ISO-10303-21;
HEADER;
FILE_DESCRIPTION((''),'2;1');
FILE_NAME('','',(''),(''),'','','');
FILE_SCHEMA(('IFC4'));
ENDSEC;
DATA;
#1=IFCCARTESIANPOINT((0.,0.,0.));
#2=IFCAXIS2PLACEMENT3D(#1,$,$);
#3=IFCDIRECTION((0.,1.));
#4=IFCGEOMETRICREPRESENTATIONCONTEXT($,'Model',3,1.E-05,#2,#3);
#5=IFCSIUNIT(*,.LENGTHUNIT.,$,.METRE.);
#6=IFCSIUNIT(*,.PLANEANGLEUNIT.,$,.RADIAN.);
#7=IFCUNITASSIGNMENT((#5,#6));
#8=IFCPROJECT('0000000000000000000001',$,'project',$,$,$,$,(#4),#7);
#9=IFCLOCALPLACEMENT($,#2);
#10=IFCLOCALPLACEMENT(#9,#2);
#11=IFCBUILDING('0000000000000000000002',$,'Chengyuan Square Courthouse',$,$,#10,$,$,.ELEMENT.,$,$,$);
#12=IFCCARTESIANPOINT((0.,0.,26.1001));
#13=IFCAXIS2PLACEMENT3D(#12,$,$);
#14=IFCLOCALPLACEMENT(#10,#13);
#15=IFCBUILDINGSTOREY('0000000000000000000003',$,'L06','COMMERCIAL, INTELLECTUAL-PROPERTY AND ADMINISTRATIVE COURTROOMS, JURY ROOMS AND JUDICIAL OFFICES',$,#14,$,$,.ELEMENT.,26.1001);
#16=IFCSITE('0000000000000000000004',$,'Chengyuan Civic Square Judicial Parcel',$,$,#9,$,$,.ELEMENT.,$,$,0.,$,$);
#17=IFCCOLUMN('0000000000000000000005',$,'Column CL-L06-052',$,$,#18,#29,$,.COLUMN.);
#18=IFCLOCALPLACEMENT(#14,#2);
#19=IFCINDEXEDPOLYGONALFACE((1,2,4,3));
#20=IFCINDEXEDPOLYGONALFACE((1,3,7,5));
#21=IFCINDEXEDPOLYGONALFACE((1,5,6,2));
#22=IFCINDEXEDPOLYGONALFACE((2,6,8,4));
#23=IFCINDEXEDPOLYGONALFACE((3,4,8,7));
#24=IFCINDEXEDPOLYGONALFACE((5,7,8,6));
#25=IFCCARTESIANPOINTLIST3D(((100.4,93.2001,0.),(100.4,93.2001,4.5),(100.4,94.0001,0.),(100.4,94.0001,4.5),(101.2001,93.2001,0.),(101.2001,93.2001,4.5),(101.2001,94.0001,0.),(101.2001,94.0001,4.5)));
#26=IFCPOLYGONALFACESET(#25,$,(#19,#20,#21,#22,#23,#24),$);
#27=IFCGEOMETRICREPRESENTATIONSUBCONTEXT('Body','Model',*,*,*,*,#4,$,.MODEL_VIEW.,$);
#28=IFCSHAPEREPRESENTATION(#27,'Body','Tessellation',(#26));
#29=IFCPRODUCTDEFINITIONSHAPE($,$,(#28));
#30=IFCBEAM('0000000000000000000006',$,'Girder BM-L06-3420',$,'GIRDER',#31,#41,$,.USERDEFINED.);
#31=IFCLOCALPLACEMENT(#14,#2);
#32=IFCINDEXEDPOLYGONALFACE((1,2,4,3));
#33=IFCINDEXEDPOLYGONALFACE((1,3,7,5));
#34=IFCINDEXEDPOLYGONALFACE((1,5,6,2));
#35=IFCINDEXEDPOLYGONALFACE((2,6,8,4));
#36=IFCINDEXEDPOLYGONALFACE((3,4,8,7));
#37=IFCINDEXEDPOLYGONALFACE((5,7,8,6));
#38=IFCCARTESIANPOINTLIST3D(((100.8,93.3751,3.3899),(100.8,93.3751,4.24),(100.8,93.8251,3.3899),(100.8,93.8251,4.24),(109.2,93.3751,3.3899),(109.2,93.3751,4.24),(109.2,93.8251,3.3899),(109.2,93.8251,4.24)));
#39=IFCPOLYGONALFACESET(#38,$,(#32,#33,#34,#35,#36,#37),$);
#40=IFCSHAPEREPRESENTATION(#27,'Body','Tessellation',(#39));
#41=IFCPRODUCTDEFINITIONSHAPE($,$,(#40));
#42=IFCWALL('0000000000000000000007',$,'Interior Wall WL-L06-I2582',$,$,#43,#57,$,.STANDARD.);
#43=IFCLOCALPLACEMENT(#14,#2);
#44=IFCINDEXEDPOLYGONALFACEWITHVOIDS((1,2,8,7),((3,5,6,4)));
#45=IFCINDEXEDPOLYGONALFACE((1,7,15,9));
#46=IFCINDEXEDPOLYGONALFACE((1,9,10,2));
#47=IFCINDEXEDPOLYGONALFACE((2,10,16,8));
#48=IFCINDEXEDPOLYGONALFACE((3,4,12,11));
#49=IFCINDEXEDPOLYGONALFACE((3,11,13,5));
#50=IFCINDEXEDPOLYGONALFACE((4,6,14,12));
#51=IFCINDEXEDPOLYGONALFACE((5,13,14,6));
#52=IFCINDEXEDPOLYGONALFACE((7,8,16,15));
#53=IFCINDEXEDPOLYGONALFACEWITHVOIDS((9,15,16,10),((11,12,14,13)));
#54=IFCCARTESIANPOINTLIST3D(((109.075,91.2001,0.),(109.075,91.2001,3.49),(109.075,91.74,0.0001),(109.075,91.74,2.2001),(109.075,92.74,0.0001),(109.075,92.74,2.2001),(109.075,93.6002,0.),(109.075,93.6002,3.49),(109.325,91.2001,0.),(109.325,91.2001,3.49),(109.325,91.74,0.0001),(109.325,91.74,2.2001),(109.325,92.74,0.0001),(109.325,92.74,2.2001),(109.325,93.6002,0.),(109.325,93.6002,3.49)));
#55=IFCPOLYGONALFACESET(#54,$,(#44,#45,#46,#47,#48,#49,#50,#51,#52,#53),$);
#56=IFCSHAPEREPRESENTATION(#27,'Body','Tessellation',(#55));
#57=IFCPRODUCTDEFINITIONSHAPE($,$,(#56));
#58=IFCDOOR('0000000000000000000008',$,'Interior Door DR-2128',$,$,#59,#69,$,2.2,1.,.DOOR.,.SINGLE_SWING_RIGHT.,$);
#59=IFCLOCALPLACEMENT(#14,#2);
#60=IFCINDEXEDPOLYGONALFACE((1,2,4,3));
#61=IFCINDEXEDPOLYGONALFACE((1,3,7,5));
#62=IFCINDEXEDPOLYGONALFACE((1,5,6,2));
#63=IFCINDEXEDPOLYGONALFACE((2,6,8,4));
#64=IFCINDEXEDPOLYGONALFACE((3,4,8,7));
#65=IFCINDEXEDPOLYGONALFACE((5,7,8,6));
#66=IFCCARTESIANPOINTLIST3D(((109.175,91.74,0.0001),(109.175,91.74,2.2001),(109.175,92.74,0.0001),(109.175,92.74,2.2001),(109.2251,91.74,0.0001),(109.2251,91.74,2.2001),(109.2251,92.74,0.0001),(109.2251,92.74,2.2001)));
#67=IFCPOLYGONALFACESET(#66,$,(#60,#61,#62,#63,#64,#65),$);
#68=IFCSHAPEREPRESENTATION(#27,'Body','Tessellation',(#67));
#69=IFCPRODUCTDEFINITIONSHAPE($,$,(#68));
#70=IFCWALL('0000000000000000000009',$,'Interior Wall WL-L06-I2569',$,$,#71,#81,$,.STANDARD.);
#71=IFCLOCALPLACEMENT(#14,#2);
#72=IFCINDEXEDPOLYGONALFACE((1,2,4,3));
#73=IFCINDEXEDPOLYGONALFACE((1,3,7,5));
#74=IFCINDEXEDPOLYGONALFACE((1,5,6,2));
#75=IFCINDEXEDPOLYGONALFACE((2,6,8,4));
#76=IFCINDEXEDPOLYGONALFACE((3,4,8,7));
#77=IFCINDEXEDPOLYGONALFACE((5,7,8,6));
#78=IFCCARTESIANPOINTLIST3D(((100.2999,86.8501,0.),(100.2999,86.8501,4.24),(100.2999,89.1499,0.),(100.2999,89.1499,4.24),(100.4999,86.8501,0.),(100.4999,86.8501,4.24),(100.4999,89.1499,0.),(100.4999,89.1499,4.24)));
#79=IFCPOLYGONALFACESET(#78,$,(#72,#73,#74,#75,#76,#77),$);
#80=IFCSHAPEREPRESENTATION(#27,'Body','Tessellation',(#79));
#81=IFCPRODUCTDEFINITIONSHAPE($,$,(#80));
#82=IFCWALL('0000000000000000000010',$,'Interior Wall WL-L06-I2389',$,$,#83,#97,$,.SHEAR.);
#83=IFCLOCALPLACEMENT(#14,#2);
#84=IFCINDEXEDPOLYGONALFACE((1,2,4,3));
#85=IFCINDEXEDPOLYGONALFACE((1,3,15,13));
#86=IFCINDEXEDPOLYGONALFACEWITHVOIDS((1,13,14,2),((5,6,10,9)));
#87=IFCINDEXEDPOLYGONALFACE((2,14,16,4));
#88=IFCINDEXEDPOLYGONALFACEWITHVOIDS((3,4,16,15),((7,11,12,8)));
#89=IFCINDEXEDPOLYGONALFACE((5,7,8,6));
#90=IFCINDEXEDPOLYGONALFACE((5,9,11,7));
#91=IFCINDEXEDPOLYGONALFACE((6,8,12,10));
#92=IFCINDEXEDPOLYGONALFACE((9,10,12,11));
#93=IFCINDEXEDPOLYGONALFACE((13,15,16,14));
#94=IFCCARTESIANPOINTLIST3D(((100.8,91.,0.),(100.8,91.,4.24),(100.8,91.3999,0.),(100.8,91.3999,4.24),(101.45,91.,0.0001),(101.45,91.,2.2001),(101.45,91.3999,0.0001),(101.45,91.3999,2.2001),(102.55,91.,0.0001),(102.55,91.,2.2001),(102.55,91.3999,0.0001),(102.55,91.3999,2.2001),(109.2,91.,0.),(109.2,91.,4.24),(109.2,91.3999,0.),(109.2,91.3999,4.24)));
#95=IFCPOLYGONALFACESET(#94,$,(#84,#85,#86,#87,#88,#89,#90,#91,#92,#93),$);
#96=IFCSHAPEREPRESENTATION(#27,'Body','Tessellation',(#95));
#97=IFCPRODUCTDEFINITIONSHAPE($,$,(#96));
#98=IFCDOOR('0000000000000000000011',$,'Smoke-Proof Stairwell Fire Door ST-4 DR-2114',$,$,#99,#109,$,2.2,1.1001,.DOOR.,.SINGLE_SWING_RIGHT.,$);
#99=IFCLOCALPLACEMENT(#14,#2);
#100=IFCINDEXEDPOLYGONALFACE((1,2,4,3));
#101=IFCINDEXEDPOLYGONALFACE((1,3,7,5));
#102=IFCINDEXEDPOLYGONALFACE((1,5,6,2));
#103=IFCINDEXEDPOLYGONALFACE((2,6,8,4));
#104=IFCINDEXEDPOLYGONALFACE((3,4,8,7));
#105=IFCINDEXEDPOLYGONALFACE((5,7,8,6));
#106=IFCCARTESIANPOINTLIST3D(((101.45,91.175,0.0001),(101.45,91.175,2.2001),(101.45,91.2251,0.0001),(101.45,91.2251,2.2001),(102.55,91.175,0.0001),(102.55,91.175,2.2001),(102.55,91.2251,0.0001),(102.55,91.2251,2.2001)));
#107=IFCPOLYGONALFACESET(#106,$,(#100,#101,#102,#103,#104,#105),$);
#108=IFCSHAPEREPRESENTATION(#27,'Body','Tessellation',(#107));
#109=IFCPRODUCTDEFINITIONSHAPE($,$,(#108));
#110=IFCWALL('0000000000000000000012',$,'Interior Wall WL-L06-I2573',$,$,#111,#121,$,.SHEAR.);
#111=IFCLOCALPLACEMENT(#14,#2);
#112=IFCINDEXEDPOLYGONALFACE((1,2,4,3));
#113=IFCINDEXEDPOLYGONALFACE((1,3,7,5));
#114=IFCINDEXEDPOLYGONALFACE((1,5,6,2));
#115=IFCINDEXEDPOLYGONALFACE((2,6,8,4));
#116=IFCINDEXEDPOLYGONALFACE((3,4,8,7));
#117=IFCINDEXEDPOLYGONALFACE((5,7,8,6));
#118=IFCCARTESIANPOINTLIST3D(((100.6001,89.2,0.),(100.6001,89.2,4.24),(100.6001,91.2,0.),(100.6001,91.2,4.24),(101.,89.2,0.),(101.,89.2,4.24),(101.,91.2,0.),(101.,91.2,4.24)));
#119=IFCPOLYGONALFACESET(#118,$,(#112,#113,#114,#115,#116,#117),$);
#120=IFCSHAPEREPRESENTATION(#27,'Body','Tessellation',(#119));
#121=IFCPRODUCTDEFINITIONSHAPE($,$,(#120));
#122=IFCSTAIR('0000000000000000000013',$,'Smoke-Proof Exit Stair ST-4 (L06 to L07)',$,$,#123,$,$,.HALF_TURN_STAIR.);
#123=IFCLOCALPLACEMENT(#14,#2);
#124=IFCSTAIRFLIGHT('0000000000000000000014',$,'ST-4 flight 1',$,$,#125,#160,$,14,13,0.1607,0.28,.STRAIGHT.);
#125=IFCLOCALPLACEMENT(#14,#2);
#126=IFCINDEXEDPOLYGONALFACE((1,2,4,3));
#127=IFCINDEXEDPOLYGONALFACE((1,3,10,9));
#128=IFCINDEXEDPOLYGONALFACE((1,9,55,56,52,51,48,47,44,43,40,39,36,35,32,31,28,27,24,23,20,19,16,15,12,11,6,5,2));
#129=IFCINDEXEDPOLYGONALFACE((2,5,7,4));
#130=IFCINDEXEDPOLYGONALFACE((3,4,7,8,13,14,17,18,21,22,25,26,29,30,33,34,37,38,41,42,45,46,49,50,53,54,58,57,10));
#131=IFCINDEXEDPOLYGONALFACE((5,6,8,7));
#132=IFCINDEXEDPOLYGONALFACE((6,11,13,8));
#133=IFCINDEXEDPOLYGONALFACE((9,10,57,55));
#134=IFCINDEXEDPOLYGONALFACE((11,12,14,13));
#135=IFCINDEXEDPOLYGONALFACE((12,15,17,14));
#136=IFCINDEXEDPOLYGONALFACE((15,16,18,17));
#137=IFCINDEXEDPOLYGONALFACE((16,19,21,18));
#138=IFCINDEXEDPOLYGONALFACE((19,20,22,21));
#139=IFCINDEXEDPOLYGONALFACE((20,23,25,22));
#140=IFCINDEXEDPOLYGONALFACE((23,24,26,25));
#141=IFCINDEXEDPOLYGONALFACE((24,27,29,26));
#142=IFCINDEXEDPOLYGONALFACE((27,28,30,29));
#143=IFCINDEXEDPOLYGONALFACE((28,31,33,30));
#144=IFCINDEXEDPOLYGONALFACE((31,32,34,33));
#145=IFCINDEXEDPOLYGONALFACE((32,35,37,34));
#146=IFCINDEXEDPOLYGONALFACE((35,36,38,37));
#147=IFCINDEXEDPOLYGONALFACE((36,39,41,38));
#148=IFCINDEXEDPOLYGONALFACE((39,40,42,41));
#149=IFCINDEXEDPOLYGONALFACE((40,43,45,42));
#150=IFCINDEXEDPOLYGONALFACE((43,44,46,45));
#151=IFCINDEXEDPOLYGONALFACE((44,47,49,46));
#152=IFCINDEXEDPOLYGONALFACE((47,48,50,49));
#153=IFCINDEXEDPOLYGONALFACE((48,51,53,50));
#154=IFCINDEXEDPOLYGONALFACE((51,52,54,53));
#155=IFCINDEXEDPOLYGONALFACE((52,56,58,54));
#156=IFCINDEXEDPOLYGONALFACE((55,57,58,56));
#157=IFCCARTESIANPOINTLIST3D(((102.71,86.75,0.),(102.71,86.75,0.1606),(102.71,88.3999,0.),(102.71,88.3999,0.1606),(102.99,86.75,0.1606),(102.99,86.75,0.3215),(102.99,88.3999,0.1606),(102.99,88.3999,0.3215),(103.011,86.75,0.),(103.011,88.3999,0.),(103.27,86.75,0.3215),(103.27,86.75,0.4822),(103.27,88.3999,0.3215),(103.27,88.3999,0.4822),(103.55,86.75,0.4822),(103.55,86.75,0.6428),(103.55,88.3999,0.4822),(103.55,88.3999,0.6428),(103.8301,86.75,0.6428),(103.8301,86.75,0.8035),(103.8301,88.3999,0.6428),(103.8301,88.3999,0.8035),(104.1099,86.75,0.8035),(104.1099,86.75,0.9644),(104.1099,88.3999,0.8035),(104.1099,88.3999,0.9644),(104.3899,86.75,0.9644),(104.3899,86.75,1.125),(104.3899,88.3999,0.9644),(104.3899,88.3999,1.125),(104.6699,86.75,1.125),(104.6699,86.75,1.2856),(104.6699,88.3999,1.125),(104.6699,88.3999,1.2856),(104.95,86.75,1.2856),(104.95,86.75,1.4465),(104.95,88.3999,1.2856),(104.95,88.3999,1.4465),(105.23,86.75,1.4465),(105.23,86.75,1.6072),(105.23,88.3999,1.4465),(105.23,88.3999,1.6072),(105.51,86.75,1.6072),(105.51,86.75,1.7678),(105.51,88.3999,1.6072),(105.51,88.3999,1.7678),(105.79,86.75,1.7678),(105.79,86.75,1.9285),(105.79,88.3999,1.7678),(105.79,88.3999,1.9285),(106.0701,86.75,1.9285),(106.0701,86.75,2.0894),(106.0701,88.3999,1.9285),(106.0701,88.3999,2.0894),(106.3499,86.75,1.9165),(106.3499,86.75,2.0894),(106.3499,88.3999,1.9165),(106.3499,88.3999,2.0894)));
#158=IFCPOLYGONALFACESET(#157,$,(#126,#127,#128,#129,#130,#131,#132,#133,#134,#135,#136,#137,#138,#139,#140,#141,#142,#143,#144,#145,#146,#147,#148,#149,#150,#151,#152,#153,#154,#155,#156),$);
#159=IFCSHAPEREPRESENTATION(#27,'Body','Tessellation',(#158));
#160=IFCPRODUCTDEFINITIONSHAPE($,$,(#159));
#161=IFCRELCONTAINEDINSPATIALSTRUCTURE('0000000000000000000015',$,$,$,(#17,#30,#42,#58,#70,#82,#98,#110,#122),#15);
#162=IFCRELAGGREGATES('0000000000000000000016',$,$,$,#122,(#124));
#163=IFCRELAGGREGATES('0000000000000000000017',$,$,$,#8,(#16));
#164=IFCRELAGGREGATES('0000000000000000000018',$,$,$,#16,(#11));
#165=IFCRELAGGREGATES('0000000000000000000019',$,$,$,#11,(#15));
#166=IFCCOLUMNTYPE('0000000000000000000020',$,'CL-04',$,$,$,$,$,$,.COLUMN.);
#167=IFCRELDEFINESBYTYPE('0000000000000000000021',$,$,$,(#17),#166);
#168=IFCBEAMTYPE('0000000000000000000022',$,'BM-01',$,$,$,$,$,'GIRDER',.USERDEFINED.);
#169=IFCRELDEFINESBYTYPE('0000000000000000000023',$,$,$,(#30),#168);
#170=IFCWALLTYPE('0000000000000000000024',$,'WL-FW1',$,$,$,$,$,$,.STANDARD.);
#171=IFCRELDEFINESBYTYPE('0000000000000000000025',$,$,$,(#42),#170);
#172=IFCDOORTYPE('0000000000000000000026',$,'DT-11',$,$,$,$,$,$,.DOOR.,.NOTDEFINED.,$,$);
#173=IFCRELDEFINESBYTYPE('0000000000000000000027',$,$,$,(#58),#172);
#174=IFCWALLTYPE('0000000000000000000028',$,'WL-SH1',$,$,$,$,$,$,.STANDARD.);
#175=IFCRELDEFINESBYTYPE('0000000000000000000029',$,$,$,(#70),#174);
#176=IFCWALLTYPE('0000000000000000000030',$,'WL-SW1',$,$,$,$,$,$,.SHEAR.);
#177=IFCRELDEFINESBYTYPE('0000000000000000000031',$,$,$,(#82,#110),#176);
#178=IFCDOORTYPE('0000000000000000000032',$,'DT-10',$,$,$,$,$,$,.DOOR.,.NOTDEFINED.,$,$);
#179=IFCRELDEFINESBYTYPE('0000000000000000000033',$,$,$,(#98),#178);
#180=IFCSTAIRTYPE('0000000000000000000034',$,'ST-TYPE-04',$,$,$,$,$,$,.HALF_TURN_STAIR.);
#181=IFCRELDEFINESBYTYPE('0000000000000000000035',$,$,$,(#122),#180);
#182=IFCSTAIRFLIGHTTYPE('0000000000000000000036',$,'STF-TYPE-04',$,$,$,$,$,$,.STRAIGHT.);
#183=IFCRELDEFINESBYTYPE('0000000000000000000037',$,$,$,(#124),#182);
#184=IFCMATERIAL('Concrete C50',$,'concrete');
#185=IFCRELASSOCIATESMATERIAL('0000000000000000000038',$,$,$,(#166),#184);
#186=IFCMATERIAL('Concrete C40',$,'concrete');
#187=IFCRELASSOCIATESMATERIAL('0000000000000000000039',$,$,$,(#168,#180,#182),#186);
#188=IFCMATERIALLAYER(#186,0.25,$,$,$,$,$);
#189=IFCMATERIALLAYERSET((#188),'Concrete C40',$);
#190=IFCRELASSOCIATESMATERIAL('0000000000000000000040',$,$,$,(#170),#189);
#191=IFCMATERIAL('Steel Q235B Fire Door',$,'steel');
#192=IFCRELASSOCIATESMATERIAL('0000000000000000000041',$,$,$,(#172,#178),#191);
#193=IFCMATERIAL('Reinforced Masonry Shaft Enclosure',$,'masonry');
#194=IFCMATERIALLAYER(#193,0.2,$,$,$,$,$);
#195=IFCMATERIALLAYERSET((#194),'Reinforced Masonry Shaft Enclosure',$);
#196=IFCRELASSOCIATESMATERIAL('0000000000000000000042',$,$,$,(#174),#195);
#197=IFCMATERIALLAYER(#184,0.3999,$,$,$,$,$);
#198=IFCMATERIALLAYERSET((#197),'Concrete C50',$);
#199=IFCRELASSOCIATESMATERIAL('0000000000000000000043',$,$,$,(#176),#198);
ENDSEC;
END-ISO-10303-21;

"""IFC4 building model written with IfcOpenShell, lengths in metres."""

from ifc_helpers import new_model, si_unit, direction, frame, frame_2d, origin, origin_2d, place, context, subcontext, project, spatial, polyline, rectangle, outline, extrude, material, layer, layer_set, material_profile, profile_set, type_object, element, fill, aggregate, save


model = new_model("IFC4")

# Units and contexts
model_context = context("Model", 3, precision=1e-05, world=origin(), true_north=direction((0.0, 1.0)))
body_context = subcontext(model_context, "Body", "Model", "MODEL_VIEW")
ifc_project = project(units=[si_unit("LENGTHUNIT", "METRE"), si_unit("PLANEANGLEUNIT", "RADIAN")], contexts=[model_context])

# Site, building, storey
site_placement = place(None, origin())
site = spatial("IfcSite", under=ifc_project, at=site_placement, Name="Chengyuan Civic Square Judicial Parcel", CompositionType="ELEMENT", RefElevation=0.0)
building_placement = place(site_placement, origin())
building = spatial("IfcBuilding", under=site, at=building_placement, Name="Chengyuan Square Courthouse", CompositionType="ELEMENT")
storey_placement = place(building_placement, frame((0.0, 0.0, 26.1001)))
storey = spatial("IfcBuildingStorey", under=building, at=storey_placement, Name="L06", Description="COMMERCIAL, INTELLECTUAL-PROPERTY AND ADMINISTRATIVE COURTROOMS, JURY ROOMS AND JUDICIAL OFFICES", CompositionType="ELEMENT", Elevation=26.1001)

# Column
ifc_material_1 = material(Name="Concrete C50", Category="concrete")
ifc_material_profile_1 = material_profile(ifc_material_1, rectangle(XDim=0.8, YDim=0.8, at=origin_2d()), Name="RC-COL-800x800")
ifc_profile_set_1 = profile_set([ifc_material_profile_1], Name="Concrete C50")
column_type = type_object("IfcColumnType", Name="CL-04", PredefinedType="COLUMN", material=ifc_profile_set_1)
column_placement = place(storey_placement, frame((100.8, 93.6001, 0.0), z_axis=(0.0, 0.0, 1.0), x_axis=(1.0, 0.0, 0.0)))
element("IfcColumn", 1, at=column_placement, inside=storey, type_object=column_type, Name="Column CL-L06-052", PredefinedType="COLUMN", context=body_context, shape_type="SweptSolid", body=[
    extrude(rectangle(XDim=0.8, YDim=0.8, at=origin_2d()), origin(), (0.0, 0.0, 1.0), 4.5),
])

# Beam
ifc_material_2 = material(Name="Concrete C40", Category="concrete")
ifc_material_profile_2 = material_profile(ifc_material_2, rectangle(XDim=0.45, YDim=0.8501, at=origin_2d()), Name="RC-BM-450x850")
ifc_profile_set_2 = profile_set([ifc_material_profile_2], Name="Concrete C40")
beam_type = type_object("IfcBeamType", Name="BM-01", ElementType="GIRDER", PredefinedType="USERDEFINED", material=ifc_profile_set_2)
beam_placement = place(storey_placement, frame((100.8, 93.6001, 3.8149), z_axis=(1.0, 0.0, 0.0), x_axis=(0.0, 1.0, 0.0)))
element("IfcBeam", 2, at=beam_placement, inside=storey, type_object=beam_type, Name="Girder BM-L06-3420", ObjectType="GIRDER", PredefinedType="USERDEFINED", context=body_context, shape_type="SweptSolid", body=[
    extrude(rectangle(XDim=0.45, YDim=0.8501, at=origin_2d()), origin(), (0.0, 0.0, 1.0), 8.3999),
])

# Wall, opening, door
ifc_layer_1 = layer(ifc_material_2, 0.25)
ifc_layer_set_1 = layer_set([ifc_layer_1], Name="Concrete C40")
wall_type_1 = type_object("IfcWallType", Name="WL-FW1", PredefinedType="STANDARD", material=ifc_layer_set_1)
ifc_material_3 = material(Name="Steel Q235B Fire Door", Category="steel")
wall_1_placement = place(storey_placement, frame((109.2, 91.2, 0.0), z_axis=(0.0, 0.0, 1.0), x_axis=(0.0, 1.0, 0.0)))
wall_1 = element("IfcWall", 3, at=wall_1_placement, inside=storey, type_object=wall_type_1, Name="Interior Wall WL-L06-I2582", PredefinedType="STANDARD", context=body_context, shape_type="SweptSolid", body=[
    extrude(rectangle(XDim=2.4001, YDim=0.25, at=frame_2d((1.2002, 0.0))), origin(), (0.0, 0.0, 1.0), 3.49),
])
opening_1_placement = place(wall_1_placement, frame((0.54, 0.0, 0.0)))
opening_1 = element("IfcOpeningElement", 4, at=opening_1_placement, cuts=wall_1, PredefinedType="OPENING", context=body_context, shape_type="SweptSolid", body=[
    extrude(rectangle(XDim=1.0, YDim=2.2, at=frame_2d((0.5, 1.1001))), frame((0.0, 0.137, 0.0), z_axis=(0.0, -1.0, 0.0), x_axis=(1.0, 0.0, 0.0)), (0.0, 0.0, 1.0), 0.2739),
])
door_type_1 = type_object("IfcDoorType", Name="DT-11", OperationType="NOTDEFINED", PredefinedType="DOOR", material=ifc_material_3)
door_1_placement = place(opening_1_placement, origin())
door_1 = element("IfcDoor", 5, at=door_1_placement, inside=storey, type_object=door_type_1, Name="Interior Door DR-2128", OperationType="SINGLE_SWING_RIGHT", OverallHeight=2.2, OverallWidth=1.0, PredefinedType="DOOR", context=body_context, shape_type="SweptSolid", body=[
    extrude(rectangle(XDim=1.0, YDim=2.2, at=frame_2d((0.5, 1.1001))), frame((0.0, 0.0249, 0.0), z_axis=(0.0, -1.0, 0.0), x_axis=(1.0, 0.0, 0.0)), (0.0, 0.0, 1.0), 0.05),
])
fill(opening_1, door_1)

# Wall
ifc_material_4 = material(Name="Reinforced Masonry Shaft Enclosure", Category="masonry")
ifc_layer_2 = layer(ifc_material_4, 0.2)
ifc_layer_set_2 = layer_set([ifc_layer_2], Name="Reinforced Masonry Shaft Enclosure")
wall_type_2 = type_object("IfcWallType", Name="WL-SH1", PredefinedType="STANDARD", material=ifc_layer_set_2)
wall_2_placement = place(storey_placement, frame((100.3999, 86.8501, 0.0), z_axis=(0.0, 0.0, 1.0), x_axis=(0.0, 1.0, 0.0)))
element("IfcWall", 6, at=wall_2_placement, inside=storey, type_object=wall_type_2, Name="Interior Wall WL-L06-I2569", PredefinedType="STANDARD", context=body_context, shape_type="SweptSolid", body=[
    extrude(rectangle(XDim=2.2998, YDim=0.2, at=frame_2d((1.1499, 0.0))), origin(), (0.0, 0.0, 1.0), 4.24),
])

# Wall, opening, door
ifc_layer_3 = layer(ifc_material_1, 0.3999)
ifc_layer_set_3 = layer_set([ifc_layer_3], Name="Concrete C50")
wall_type_3 = type_object("IfcWallType", Name="WL-SW1", PredefinedType="SHEAR", material=ifc_layer_set_3)
wall_3_placement = place(storey_placement, frame((100.8, 91.2, 0.0), z_axis=(0.0, 0.0, 1.0), x_axis=(1.0, 0.0, 0.0)))
wall_3 = element("IfcWall", 7, at=wall_3_placement, inside=storey, type_object=wall_type_3, Name="Interior Wall WL-L06-I2389", PredefinedType="SHEAR", context=body_context, shape_type="SweptSolid", body=[
    extrude(rectangle(XDim=8.3999, YDim=0.3999, at=frame_2d((4.2, 0.0))), origin(), (0.0, 0.0, 1.0), 4.24),
])
opening_2_placement = place(wall_3_placement, frame((0.6499, 0.0, 0.0)))
opening_2 = element("IfcOpeningElement", 8, at=opening_2_placement, cuts=wall_3, PredefinedType="OPENING", context=body_context, shape_type="SweptSolid", body=[
    extrude(rectangle(XDim=1.1001, YDim=2.2, at=frame_2d((0.55, 1.1001))), frame((0.0, 0.2119, 0.0), z_axis=(0.0, -1.0, 0.0), x_axis=(1.0, 0.0, 0.0)), (0.0, 0.0, 1.0), 0.4238),
])
door_type_2 = type_object("IfcDoorType", Name="DT-10", OperationType="NOTDEFINED", PredefinedType="DOOR", material=ifc_material_3)
door_2_placement = place(opening_2_placement, frame((1.1001, 0.0, 0.0), z_axis=(0.0, 0.0, 1.0), x_axis=(-1.0, 0.0, 0.0)))
door_2 = element("IfcDoor", 9, at=door_2_placement, inside=storey, type_object=door_type_2, Name="Smoke-Proof Stairwell Fire Door ST-4 DR-2114", OperationType="SINGLE_SWING_RIGHT", OverallHeight=2.2, OverallWidth=1.1001, PredefinedType="DOOR", context=body_context, shape_type="SweptSolid", body=[
    extrude(rectangle(XDim=1.1001, YDim=2.2, at=frame_2d((0.55, 1.1001))), frame((0.0, 0.0249, 0.0), z_axis=(0.0, -1.0, 0.0), x_axis=(1.0, 0.0, 0.0)), (0.0, 0.0, 1.0), 0.05),
])
fill(opening_2, door_2)

# Wall
wall_4_placement = place(storey_placement, frame((100.8, 89.2, 0.0), z_axis=(0.0, 0.0, 1.0), x_axis=(0.0, 1.0, 0.0)))
element("IfcWall", 10, at=wall_4_placement, inside=storey, type_object=wall_type_3, Name="Interior Wall WL-L06-I2573", PredefinedType="SHEAR", context=body_context, shape_type="SweptSolid", body=[
    extrude(rectangle(XDim=2.0, YDim=0.3999, at=frame_2d((1.0, 0.0))), origin(), (0.0, 0.0, 1.0), 4.24),
])

# Stair, stair flight
stair_type = type_object("IfcStairType", Name="ST-TYPE-04", PredefinedType="HALF_TURN_STAIR", material=ifc_material_2)
stair_placement = place(storey_placement, origin())
stair = element("IfcStair", 11, at=stair_placement, inside=storey, type_object=stair_type, Name="Smoke-Proof Exit Stair ST-4 (L06 to L07)", PredefinedType="HALF_TURN_STAIR")
stair_flight_type = type_object("IfcStairFlightType", Name="STF-TYPE-04", PredefinedType="STRAIGHT", material=ifc_material_2)
stair_flight_1_placement = place(storey_placement, frame((102.71, 87.575, 0.0), z_axis=(0.0, 0.0, 1.0), x_axis=(1.0, 0.0, 0.0)))
stair_flight_1 = element("IfcStairFlight", 12, at=stair_flight_1_placement, type_object=stair_flight_type, Name="ST-4 flight 1", NumberOfRisers=14, NumberOfTreads=13, PredefinedType="STRAIGHT", RiserHeight=0.1607, TreadLength=0.28, context=body_context, shape_type="SweptSolid", body=[
    extrude(outline(polyline([(0.0, 0.0), (0.0, 0.1606), (0.28, 0.1606), (0.28, 0.3215), (0.5601, 0.3215), (0.5601, 0.4822), (0.8401, 0.4822), (0.8401, 0.6428), (1.1201, 0.6428), (1.1201, 0.8035), (1.3999, 0.8035), (1.3999, 0.9644), (1.6799, 0.9644), (1.6799, 1.125), (1.96, 1.125), (1.96, 1.2856), (2.24, 1.2856), (2.24, 1.4465), (2.52, 1.4465), (2.52, 1.6072), (2.8, 1.6072), (2.8, 1.7678), (3.0801, 1.7678), (3.0801, 1.9285), (3.3601, 1.9285), (3.3601, 2.0894), (3.6399, 2.0894), (3.6399, 2.25), (3.6399, 1.9165), (0.301, 0.0), (0.0, 0.0)])), frame((0.0, 0.825, 0.0), z_axis=(0.0, -1.0, 0.0), x_axis=(1.0, 0.0, 0.0)), (0.0, 0.0, 1.0), 1.6499),
])
aggregate(stair, [stair_flight_1])

save(model, "model.ifc")
